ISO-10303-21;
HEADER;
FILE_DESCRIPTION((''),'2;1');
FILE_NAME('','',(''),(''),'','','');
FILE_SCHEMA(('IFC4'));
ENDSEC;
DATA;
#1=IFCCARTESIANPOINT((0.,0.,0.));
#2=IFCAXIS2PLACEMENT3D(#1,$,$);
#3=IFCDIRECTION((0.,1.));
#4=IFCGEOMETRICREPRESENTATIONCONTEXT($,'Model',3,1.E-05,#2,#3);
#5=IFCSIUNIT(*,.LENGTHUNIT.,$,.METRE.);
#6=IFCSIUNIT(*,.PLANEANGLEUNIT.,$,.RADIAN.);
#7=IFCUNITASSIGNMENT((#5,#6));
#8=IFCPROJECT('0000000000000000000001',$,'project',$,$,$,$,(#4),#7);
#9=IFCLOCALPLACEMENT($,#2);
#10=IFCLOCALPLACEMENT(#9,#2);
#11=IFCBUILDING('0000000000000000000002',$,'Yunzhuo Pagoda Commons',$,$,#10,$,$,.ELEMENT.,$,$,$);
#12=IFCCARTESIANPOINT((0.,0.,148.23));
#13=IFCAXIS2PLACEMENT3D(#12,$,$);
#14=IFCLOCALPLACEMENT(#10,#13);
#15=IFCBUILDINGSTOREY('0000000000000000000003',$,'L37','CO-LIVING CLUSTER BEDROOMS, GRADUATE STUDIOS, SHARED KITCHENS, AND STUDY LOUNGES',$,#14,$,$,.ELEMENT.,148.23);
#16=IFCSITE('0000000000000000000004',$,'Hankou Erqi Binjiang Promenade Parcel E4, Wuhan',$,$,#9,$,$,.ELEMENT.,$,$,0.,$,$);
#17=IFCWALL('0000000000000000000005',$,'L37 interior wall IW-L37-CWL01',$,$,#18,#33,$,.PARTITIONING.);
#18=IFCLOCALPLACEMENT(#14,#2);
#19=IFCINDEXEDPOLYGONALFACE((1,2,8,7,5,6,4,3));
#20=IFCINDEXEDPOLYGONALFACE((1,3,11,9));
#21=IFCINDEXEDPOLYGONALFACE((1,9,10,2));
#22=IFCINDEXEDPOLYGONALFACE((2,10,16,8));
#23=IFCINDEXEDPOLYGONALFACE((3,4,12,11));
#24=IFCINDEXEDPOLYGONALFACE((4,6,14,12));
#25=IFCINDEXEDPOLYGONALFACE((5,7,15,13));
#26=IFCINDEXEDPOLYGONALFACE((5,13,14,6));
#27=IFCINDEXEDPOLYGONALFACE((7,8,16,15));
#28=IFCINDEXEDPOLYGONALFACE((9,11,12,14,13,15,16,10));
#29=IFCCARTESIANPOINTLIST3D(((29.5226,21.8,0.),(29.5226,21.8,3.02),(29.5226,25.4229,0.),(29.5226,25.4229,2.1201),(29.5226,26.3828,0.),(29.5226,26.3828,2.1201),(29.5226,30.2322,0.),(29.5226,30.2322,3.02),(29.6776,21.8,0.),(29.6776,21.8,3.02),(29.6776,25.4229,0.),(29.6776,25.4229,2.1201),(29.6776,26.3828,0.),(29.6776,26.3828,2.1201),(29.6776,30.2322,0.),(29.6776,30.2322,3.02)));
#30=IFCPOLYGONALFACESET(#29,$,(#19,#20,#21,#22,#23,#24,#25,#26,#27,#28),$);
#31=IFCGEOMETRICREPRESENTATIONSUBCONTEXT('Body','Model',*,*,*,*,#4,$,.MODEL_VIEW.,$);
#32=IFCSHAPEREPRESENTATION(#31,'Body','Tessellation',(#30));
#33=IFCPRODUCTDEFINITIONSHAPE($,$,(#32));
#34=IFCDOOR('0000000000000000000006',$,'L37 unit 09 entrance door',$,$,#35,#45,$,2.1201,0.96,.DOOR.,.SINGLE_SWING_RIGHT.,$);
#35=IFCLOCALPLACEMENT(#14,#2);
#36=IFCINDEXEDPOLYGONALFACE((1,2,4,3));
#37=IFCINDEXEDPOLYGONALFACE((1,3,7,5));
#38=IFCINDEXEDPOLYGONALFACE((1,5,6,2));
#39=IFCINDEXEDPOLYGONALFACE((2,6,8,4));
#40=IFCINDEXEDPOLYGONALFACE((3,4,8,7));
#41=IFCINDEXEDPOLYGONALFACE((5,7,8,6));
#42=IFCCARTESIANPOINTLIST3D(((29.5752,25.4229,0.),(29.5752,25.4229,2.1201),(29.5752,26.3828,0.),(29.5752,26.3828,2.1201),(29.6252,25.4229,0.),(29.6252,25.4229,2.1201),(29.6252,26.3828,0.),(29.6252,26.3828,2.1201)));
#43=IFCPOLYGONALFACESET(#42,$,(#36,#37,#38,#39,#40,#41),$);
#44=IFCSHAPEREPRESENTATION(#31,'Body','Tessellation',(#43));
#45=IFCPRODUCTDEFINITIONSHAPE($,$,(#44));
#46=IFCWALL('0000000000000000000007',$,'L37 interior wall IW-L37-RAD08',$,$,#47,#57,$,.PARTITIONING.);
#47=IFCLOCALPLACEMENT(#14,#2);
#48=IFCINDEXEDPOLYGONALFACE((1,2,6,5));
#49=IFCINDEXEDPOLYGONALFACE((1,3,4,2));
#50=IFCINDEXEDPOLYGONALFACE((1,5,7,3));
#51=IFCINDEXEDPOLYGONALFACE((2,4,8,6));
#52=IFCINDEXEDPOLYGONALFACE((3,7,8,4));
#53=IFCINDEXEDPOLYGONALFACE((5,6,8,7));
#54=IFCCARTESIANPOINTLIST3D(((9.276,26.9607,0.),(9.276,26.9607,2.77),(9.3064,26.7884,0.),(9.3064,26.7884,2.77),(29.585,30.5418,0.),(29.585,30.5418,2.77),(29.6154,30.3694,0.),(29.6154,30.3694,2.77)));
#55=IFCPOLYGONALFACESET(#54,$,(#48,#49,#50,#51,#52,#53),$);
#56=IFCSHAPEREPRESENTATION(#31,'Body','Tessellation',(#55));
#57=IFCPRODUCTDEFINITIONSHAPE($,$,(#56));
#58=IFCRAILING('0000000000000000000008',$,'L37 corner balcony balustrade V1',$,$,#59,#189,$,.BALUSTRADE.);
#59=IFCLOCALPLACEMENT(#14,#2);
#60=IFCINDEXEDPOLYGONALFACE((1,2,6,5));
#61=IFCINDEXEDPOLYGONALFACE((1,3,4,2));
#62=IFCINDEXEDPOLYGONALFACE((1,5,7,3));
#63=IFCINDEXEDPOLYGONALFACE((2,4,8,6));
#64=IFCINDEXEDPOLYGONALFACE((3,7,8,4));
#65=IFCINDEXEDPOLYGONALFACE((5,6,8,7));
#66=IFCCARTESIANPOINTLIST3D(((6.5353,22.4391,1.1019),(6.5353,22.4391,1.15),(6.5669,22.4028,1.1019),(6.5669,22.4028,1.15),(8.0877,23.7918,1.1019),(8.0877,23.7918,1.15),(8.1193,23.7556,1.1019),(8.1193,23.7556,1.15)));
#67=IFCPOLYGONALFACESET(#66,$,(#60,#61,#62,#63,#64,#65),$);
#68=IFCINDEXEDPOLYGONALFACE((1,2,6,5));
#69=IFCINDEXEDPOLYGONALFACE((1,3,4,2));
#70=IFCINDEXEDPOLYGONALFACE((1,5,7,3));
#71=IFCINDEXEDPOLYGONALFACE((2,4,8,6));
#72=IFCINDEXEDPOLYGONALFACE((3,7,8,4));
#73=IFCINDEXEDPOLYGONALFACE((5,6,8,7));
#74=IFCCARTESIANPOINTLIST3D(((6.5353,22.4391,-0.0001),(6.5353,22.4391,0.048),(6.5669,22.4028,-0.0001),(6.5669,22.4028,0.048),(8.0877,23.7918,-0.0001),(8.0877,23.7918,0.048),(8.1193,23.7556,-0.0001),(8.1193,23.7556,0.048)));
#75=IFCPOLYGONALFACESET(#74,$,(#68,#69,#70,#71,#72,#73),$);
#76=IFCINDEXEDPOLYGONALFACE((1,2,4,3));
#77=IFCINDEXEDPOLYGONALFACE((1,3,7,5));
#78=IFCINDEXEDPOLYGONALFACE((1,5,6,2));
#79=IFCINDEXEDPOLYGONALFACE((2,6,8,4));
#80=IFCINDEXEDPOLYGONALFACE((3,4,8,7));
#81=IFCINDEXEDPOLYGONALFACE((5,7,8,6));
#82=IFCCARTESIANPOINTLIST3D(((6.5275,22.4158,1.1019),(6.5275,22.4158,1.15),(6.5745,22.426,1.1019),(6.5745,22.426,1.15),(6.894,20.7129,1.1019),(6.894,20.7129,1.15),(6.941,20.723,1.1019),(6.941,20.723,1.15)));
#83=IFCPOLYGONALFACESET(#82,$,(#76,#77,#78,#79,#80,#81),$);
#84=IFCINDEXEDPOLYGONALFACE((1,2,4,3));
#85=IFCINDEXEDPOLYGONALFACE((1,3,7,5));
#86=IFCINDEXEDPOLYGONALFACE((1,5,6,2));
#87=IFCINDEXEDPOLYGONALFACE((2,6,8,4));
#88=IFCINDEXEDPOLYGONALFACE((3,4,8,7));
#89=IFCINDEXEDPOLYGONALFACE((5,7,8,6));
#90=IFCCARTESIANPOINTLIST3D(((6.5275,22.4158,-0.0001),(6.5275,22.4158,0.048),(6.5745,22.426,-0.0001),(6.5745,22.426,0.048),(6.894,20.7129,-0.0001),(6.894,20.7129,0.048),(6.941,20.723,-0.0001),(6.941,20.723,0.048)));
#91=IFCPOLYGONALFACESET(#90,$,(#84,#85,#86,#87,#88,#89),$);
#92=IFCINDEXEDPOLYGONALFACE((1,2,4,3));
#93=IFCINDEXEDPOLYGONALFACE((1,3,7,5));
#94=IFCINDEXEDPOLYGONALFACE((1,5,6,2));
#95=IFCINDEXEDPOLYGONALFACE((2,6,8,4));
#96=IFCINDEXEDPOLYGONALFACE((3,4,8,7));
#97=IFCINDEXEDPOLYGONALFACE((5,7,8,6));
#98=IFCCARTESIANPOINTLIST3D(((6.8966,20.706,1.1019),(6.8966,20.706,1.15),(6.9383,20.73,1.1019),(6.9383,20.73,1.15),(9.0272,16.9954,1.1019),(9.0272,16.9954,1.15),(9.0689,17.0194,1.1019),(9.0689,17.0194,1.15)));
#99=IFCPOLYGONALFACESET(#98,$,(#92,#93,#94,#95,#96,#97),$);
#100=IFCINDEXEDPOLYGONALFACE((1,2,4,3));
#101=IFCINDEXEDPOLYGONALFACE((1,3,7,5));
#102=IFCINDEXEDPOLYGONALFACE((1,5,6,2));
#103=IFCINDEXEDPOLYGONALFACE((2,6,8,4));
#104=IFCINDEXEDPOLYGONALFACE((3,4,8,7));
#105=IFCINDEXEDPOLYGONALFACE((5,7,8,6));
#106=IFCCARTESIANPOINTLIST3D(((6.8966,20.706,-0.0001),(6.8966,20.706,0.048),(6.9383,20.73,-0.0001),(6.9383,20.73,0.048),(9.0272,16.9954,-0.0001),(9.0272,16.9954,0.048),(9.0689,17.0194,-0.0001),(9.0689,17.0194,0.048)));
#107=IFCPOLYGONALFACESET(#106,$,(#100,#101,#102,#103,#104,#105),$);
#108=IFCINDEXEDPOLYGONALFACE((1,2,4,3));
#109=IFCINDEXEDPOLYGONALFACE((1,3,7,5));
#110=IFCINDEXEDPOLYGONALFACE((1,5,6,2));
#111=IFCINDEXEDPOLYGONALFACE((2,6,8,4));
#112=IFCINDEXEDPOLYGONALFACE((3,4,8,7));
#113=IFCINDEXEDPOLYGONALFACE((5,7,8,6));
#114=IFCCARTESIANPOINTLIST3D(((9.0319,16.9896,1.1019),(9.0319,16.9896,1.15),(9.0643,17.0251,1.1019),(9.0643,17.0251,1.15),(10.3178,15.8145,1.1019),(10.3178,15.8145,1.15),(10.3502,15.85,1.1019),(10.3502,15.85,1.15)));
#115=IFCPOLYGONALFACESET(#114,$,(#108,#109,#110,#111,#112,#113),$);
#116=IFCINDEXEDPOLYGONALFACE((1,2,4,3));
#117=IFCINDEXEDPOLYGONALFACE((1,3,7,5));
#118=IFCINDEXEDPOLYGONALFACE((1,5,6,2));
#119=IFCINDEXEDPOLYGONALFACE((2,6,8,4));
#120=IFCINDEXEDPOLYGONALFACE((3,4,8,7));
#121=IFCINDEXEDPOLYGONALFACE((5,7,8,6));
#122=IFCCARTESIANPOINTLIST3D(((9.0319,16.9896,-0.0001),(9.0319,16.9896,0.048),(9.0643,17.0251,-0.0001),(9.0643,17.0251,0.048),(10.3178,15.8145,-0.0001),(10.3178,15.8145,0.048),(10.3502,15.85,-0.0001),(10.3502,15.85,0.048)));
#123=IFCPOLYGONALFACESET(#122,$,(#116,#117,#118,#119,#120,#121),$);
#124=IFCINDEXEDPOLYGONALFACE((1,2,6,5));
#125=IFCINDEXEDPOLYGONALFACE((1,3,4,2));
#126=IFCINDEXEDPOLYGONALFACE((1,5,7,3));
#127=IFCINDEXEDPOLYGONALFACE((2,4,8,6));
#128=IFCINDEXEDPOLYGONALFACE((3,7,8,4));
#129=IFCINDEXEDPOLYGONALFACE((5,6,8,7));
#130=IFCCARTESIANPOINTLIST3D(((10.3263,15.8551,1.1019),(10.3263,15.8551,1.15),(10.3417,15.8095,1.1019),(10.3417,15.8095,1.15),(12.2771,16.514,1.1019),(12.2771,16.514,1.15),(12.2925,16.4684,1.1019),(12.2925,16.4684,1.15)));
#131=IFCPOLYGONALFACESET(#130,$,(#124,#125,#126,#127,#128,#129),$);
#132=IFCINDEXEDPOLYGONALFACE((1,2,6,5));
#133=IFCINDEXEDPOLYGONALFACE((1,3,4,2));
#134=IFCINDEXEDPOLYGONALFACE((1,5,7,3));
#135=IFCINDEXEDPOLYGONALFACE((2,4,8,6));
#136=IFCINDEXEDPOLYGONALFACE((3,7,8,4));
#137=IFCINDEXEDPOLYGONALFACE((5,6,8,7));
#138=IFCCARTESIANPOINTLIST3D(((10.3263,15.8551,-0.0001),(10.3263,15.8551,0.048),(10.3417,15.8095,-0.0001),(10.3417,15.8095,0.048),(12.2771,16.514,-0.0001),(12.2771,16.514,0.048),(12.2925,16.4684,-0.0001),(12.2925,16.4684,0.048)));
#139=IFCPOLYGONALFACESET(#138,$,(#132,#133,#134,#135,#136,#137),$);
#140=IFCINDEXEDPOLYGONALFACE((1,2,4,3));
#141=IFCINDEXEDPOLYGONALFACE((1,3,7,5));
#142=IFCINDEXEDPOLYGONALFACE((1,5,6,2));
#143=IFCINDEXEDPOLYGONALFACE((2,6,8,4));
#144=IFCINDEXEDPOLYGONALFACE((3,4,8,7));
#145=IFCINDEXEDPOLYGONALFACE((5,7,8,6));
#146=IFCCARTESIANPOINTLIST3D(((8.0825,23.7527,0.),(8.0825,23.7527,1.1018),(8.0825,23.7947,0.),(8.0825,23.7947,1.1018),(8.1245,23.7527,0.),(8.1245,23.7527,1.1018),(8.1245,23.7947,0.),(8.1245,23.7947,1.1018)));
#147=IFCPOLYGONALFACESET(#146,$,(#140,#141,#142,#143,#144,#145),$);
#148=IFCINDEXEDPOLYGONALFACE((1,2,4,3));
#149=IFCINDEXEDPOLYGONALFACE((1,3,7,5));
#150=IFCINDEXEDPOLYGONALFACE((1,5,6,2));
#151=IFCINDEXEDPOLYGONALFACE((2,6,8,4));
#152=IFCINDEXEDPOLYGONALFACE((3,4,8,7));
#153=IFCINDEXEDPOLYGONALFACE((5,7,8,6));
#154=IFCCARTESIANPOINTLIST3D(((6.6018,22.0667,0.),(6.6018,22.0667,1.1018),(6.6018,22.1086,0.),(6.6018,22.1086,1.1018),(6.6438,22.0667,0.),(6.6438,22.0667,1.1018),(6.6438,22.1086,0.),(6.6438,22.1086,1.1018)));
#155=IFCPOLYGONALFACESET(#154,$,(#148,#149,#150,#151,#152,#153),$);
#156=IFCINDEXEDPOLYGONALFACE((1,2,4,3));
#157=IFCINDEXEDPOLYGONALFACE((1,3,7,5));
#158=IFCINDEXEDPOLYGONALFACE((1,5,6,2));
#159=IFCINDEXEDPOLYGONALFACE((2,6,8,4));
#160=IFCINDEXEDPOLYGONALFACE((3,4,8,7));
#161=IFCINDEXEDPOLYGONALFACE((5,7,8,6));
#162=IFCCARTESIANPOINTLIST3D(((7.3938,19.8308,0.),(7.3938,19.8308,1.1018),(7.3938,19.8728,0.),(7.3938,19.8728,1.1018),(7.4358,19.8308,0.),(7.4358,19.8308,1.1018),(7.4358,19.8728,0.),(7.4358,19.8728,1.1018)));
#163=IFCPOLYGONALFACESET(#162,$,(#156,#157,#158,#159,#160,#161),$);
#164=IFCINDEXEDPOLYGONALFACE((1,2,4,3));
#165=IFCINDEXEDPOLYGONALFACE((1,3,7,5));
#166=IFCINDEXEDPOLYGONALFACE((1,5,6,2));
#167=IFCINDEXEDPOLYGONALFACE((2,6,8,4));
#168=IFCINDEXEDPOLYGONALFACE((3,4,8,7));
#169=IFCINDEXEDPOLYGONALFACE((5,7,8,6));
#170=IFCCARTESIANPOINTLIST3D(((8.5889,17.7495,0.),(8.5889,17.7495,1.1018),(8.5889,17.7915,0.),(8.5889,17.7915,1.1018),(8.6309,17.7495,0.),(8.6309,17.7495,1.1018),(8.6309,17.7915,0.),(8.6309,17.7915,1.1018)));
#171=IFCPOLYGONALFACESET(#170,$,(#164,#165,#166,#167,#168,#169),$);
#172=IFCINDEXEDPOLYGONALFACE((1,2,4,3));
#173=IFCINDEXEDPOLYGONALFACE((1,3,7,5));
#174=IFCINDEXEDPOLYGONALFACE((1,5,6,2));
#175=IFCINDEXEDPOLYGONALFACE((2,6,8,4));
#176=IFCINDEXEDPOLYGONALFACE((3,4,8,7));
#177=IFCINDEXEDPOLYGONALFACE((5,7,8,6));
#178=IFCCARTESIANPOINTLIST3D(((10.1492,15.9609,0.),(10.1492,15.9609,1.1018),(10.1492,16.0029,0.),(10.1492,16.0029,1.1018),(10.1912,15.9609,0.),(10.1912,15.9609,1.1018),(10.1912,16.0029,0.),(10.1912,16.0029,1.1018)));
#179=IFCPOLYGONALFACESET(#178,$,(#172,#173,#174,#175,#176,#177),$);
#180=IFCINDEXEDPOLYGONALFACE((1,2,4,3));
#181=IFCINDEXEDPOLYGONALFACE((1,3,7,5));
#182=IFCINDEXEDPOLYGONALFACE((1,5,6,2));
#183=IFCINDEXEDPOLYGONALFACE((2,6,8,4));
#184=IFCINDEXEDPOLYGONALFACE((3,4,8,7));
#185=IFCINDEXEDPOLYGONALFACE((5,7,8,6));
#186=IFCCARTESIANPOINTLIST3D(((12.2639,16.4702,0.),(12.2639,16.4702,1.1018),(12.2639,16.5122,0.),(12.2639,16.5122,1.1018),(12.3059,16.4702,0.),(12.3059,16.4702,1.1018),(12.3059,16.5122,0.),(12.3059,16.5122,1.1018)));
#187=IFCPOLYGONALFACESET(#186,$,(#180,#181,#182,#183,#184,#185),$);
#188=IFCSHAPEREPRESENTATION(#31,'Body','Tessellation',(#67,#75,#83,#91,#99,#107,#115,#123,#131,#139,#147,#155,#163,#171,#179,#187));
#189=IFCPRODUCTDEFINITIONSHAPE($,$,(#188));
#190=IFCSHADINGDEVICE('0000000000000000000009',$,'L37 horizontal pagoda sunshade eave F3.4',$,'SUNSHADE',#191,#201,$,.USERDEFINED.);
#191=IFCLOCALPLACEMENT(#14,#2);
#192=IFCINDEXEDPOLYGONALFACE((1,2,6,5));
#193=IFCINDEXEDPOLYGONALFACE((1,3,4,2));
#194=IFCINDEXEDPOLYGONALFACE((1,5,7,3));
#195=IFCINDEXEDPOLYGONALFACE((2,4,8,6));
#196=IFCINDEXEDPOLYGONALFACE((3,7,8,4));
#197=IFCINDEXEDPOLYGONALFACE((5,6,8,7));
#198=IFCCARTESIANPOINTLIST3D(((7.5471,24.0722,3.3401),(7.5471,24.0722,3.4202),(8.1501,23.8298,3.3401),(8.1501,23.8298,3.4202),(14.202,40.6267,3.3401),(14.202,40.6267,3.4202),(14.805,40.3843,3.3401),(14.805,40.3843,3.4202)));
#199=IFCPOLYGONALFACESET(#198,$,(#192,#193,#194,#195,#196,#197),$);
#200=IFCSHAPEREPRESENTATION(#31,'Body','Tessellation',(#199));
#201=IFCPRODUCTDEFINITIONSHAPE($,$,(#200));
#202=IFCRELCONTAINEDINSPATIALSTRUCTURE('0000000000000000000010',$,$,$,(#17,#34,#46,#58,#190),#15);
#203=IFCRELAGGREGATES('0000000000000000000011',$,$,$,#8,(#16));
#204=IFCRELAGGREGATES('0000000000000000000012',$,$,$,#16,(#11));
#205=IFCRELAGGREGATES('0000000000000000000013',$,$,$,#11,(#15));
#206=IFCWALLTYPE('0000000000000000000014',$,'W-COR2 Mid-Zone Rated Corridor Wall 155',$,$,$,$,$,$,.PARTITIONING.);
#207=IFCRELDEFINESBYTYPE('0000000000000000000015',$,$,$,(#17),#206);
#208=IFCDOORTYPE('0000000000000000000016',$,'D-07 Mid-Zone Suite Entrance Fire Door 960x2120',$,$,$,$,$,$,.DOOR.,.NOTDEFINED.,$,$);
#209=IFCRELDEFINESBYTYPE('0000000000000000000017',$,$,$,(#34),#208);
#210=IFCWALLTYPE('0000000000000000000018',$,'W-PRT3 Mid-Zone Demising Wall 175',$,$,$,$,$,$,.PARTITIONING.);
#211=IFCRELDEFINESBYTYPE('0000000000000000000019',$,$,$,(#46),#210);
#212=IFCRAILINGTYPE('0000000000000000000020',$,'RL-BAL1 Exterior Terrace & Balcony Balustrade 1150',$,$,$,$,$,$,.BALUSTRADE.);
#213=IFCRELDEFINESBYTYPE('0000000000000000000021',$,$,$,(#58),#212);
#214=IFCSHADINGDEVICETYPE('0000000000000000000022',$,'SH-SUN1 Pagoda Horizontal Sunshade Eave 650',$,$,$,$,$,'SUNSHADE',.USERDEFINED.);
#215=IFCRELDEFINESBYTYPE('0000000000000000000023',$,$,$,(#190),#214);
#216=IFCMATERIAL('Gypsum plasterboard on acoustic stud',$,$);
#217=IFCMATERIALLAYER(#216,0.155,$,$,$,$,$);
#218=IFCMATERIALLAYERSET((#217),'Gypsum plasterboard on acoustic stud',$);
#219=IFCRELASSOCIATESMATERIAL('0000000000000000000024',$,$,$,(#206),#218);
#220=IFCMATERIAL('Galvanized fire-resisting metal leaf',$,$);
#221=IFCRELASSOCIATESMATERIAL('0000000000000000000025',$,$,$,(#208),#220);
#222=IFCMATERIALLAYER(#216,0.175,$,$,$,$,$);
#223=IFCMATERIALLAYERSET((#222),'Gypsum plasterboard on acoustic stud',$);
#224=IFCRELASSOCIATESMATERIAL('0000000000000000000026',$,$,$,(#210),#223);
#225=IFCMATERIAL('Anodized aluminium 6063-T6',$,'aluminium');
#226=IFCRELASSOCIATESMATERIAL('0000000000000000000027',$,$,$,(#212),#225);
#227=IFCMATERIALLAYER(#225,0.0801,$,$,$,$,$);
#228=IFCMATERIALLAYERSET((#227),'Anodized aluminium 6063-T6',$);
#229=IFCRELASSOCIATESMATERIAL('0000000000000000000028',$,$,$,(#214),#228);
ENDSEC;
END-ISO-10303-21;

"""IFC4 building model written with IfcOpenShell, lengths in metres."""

from ifc_helpers import new_model, si_unit, direction, frame, frame_2d, origin, origin_with_axes, origin_2d, place, context, subcontext, project, spatial, rectangle, extrude, source, transform, mapped, material, layer, layer_set, type_object, element, fill, save


model = new_model("IFC4")

# Units and contexts
model_context = context("Model", 3, precision=1e-05, world=origin(), true_north=direction((0.0, 1.0)))
body_context = subcontext(model_context, "Body", "Model", "MODEL_VIEW")
ifc_project = project(units=[si_unit("LENGTHUNIT", "METRE"), si_unit("PLANEANGLEUNIT", "RADIAN")], contexts=[model_context])

# Site, building, storey
site_placement = place(None, origin())
site = spatial("IfcSite", under=ifc_project, at=site_placement, Name="Hankou Erqi Binjiang Promenade Parcel E4, Wuhan", CompositionType="ELEMENT", RefElevation=0.0)
building_placement = place(site_placement, origin())
building = spatial("IfcBuilding", under=site, at=building_placement, Name="Yunzhuo Pagoda Commons", CompositionType="ELEMENT")
storey_placement = place(building_placement, frame((0.0, 0.0, 148.23)))
storey = spatial("IfcBuildingStorey", under=building, at=storey_placement, Name="L37", Description="CO-LIVING CLUSTER BEDROOMS, GRADUATE STUDIOS, SHARED KITCHENS, AND STUDY LOUNGES", CompositionType="ELEMENT", Elevation=148.23)

# Shared definitions
ifc_material_1 = material(Name="Anodized aluminium 6063-T6", Category="aluminium")

# Wall, opening, door
ifc_material_2 = material(Name="Gypsum plasterboard on acoustic stud")
ifc_layer_1 = layer(ifc_material_2, 0.155)
ifc_layer_set_1 = layer_set([ifc_layer_1], Name="Gypsum plasterboard on acoustic stud")
wall_type_1 = type_object("IfcWallType", Name="W-COR2 Mid-Zone Rated Corridor Wall 155", PredefinedType="PARTITIONING", material=ifc_layer_set_1)
wall_1_placement = place(storey_placement, frame((29.6001, 21.8, 0.0), z_axis=(0.0, 0.0, 1.0), x_axis=(0.0, 1.0, 0.0)))
wall_1 = element("IfcWall", 1, at=wall_1_placement, inside=storey, type_object=wall_type_1, Name="L37 interior wall IW-L37-CWL01", PredefinedType="PARTITIONING", context=body_context, shape_type="SweptSolid", body=[
    extrude(rectangle(XDim=8.4321, YDim=0.155, at=frame_2d((4.2161, 0.0))), origin(), (0.0, 0.0, 1.0), 3.02),
])
opening_1_placement = place(wall_1_placement, frame((3.6228, 0.0, 0.0)))
opening_1 = element("IfcOpeningElement", 2, at=opening_1_placement, cuts=wall_1, PredefinedType="OPENING", context=body_context, shape_type="SweptSolid", body=[
    extrude(rectangle(XDim=0.96, YDim=2.1201, at=frame_2d((0.48, 1.0601))), frame((0.0, 0.0874, 0.0), z_axis=(0.0, -1.0, 0.0), x_axis=(1.0, 0.0, 0.0)), (0.0, 0.0, 1.0), 0.175),
])
ifc_material_3 = material(Name="Galvanized fire-resisting metal leaf")
door_type_1 = type_object("IfcDoorType", Name="D-07 Mid-Zone Suite Entrance Fire Door 960x2120", OperationType="NOTDEFINED", PredefinedType="DOOR", material=ifc_material_3)
shared_shape_1 = source(origin(), body_context, "Body", "SweptSolid", [
    extrude(rectangle(XDim=0.96, YDim=2.1201, at=frame_2d((0.48, 1.0601))), frame((0.0, 0.0249, 0.0), z_axis=(0.0, -1.0, 0.0), x_axis=(1.0, 0.0, 0.0)), (0.0, 0.0, 1.0), 0.05),
])
door_1_placement = place(opening_1_placement, origin_with_axes())
door_1 = element("IfcDoor", 3, at=door_1_placement, inside=storey, type_object=door_type_1, Name="L37 unit 09 entrance door", OperationType="SINGLE_SWING_RIGHT", OverallHeight=2.1201, OverallWidth=0.96, PredefinedType="DOOR", context=body_context, shape_type="MappedRepresentation", body=[
    mapped(shared_shape_1, transform((0.0, 0.0, 0.0), scale=1.0)),
])
fill(opening_1, door_1)

# Wall
ifc_layer_2 = layer(ifc_material_2, 0.175)
ifc_layer_set_2 = layer_set([ifc_layer_2], Name="Gypsum plasterboard on acoustic stud")
wall_type_2 = type_object("IfcWallType", Name="W-PRT3 Mid-Zone Demising Wall 175", PredefinedType="PARTITIONING", material=ifc_layer_set_2)
wall_2_placement = place(storey_placement, frame((29.6001, 30.4556, 0.0), z_axis=(0.0, 0.0, 1.0), x_axis=(-0.984808, -0.173649, 0.0)))
element("IfcWall", 4, at=wall_2_placement, inside=storey, type_object=wall_type_2, Name="L37 interior wall IW-L37-RAD08", PredefinedType="PARTITIONING", context=body_context, shape_type="SweptSolid", body=[
    extrude(rectangle(XDim=20.6223, YDim=0.175, at=frame_2d((10.311, 0.0))), origin(), (0.0, 0.0, 1.0), 2.77),
])

# Railing
railing_type = type_object("IfcRailingType", Name="RL-BAL1 Exterior Terrace & Balcony Balustrade 1150", PredefinedType="BALUSTRADE", material=ifc_material_1)
railing_placement = place(storey_placement, frame((8.1035, 23.7737, 0.0)))
element("IfcRailing", 5, at=railing_placement, inside=storey, type_object=railing_type, Name="L37 corner balcony balustrade V1", PredefinedType="BALUSTRADE", context=body_context, shape_type="SweptSolid", body=[
    extrude(rectangle(XDim=0.0481, YDim=0.0481, at=origin_2d()), frame((0.0, 0.0, 1.126), z_axis=(-0.753934, -0.65695, 0.0), x_axis=(0.65695, -0.753934, 0.0)), (0.0, 0.0, 1.0), 2.0591),
    extrude(rectangle(XDim=0.0481, YDim=0.0481, at=origin_2d()), frame((0.0, 0.0, 0.0239), z_axis=(-0.753934, -0.65695, 0.0), x_axis=(0.65695, -0.753934, 0.0)), (0.0, 0.0, 1.0), 2.0591),
    extrude(rectangle(XDim=0.0481, YDim=0.0481, at=origin_2d()), frame((-1.5525, -1.3528, 1.126), z_axis=(0.210381, -0.977619, 0.0), x_axis=(0.977619, 0.210381, 0.0)), (0.0, 0.0, 1.0), 1.7419),
    extrude(rectangle(XDim=0.0481, YDim=0.0481, at=origin_2d()), frame((-1.5525, -1.3528, 0.0239), z_axis=(0.210381, -0.977619, 0.0), x_axis=(0.977619, 0.210381, 0.0)), (0.0, 0.0, 1.0), 1.7419),
    extrude(rectangle(XDim=0.0481, YDim=0.0481, at=origin_2d()), frame((-1.186, -3.0557, 1.126), z_axis=(0.497938, -0.867212, 0.0), x_axis=(0.867212, 0.497938, 0.0)), (0.0, 0.0, 1.0), 4.2788),
    extrude(rectangle(XDim=0.0481, YDim=0.0481, at=origin_2d()), frame((-1.186, -3.0557, 0.0239), z_axis=(0.497938, -0.867212, 0.0), x_axis=(0.867212, 0.497938, 0.0)), (0.0, 0.0, 1.0), 4.2788),
    extrude(rectangle(XDim=0.0481, YDim=0.0481, at=origin_2d()), frame((0.9446, -6.7664, 1.126), z_axis=(0.738206, -0.674575, 0.0), x_axis=(0.674575, 0.738206, 0.0)), (0.0, 0.0, 1.0), 1.7419),
    extrude(rectangle(XDim=0.0481, YDim=0.0481, at=origin_2d()), frame((0.9446, -6.7664, 0.0239), z_axis=(0.738206, -0.674575, 0.0), x_axis=(0.674575, 0.738206, 0.0)), (0.0, 0.0, 1.0), 1.7419),
    extrude(rectangle(XDim=0.0481, YDim=0.0481, at=origin_2d()), frame((2.2305, -7.9414, 1.126), z_axis=(0.947419, 0.319996, 0.0), x_axis=(-0.319996, 0.947419, 0.0)), (0.0, 0.0, 1.0), 2.0591),
    extrude(rectangle(XDim=0.0481, YDim=0.0481, at=origin_2d()), frame((2.2305, -7.9414, 0.0239), z_axis=(0.947419, 0.319996, 0.0), x_axis=(-0.319996, 0.947419, 0.0)), (0.0, 0.0, 1.0), 2.0591),
    extrude(rectangle(XDim=0.042, YDim=0.042, at=origin_2d()), origin(), (0.0, 0.0, 1.0), 1.1018),
    extrude(rectangle(XDim=0.042, YDim=0.042, at=origin_2d()), frame((-1.4807, -1.686, 0.0)), (0.0, 0.0, 1.0), 1.1018),
    extrude(rectangle(XDim=0.042, YDim=0.042, at=origin_2d()), frame((-0.6887, -3.9219, 0.0)), (0.0, 0.0, 1.0), 1.1018),
    extrude(rectangle(XDim=0.042, YDim=0.042, at=origin_2d()), frame((0.5063, -6.0032, 0.0)), (0.0, 0.0, 1.0), 1.1018),
    extrude(rectangle(XDim=0.042, YDim=0.042, at=origin_2d()), frame((2.0667, -7.7917, 0.0)), (0.0, 0.0, 1.0), 1.1018),
    extrude(rectangle(XDim=0.042, YDim=0.042, at=origin_2d()), frame((4.1814, -7.2825, 0.0)), (0.0, 0.0, 1.0), 1.1018),
])

# Shading device
ifc_layer_3 = layer(ifc_material_1, 0.0801)
ifc_layer_set_3 = layer_set([ifc_layer_3], Name="Anodized aluminium 6063-T6")
shading_device_type = type_object("IfcShadingDeviceType", Name="SH-SUN1 Pagoda Horizontal Sunshade Eave 650", ElementType="SUNSHADE", PredefinedType="USERDEFINED", material=ifc_layer_set_3)
shared_shape_2 = source(origin(), body_context, "Body", "SweptSolid", [
    extrude(rectangle(XDim=17.842, YDim=0.6499, at=origin_2d()), origin(), (0.0, 0.0, 1.0), 0.0801),
])
shading_device_placement = place(storey_placement, frame((11.176, 32.2283, 3.3401), z_axis=(0.0, 0.0, 1.0), x_axis=(-0.372988, -0.927836, 0.0)))
element("IfcShadingDevice", 6, at=shading_device_placement, inside=storey, type_object=shading_device_type, Name="L37 horizontal pagoda sunshade eave F3.4", ObjectType="SUNSHADE", PredefinedType="USERDEFINED", context=body_context, shape_type="MappedRepresentation", body=[
    mapped(shared_shape_2, transform((0.0, 0.0, 0.0), scale=1.0)),
])

save(model, "model.ifc")
